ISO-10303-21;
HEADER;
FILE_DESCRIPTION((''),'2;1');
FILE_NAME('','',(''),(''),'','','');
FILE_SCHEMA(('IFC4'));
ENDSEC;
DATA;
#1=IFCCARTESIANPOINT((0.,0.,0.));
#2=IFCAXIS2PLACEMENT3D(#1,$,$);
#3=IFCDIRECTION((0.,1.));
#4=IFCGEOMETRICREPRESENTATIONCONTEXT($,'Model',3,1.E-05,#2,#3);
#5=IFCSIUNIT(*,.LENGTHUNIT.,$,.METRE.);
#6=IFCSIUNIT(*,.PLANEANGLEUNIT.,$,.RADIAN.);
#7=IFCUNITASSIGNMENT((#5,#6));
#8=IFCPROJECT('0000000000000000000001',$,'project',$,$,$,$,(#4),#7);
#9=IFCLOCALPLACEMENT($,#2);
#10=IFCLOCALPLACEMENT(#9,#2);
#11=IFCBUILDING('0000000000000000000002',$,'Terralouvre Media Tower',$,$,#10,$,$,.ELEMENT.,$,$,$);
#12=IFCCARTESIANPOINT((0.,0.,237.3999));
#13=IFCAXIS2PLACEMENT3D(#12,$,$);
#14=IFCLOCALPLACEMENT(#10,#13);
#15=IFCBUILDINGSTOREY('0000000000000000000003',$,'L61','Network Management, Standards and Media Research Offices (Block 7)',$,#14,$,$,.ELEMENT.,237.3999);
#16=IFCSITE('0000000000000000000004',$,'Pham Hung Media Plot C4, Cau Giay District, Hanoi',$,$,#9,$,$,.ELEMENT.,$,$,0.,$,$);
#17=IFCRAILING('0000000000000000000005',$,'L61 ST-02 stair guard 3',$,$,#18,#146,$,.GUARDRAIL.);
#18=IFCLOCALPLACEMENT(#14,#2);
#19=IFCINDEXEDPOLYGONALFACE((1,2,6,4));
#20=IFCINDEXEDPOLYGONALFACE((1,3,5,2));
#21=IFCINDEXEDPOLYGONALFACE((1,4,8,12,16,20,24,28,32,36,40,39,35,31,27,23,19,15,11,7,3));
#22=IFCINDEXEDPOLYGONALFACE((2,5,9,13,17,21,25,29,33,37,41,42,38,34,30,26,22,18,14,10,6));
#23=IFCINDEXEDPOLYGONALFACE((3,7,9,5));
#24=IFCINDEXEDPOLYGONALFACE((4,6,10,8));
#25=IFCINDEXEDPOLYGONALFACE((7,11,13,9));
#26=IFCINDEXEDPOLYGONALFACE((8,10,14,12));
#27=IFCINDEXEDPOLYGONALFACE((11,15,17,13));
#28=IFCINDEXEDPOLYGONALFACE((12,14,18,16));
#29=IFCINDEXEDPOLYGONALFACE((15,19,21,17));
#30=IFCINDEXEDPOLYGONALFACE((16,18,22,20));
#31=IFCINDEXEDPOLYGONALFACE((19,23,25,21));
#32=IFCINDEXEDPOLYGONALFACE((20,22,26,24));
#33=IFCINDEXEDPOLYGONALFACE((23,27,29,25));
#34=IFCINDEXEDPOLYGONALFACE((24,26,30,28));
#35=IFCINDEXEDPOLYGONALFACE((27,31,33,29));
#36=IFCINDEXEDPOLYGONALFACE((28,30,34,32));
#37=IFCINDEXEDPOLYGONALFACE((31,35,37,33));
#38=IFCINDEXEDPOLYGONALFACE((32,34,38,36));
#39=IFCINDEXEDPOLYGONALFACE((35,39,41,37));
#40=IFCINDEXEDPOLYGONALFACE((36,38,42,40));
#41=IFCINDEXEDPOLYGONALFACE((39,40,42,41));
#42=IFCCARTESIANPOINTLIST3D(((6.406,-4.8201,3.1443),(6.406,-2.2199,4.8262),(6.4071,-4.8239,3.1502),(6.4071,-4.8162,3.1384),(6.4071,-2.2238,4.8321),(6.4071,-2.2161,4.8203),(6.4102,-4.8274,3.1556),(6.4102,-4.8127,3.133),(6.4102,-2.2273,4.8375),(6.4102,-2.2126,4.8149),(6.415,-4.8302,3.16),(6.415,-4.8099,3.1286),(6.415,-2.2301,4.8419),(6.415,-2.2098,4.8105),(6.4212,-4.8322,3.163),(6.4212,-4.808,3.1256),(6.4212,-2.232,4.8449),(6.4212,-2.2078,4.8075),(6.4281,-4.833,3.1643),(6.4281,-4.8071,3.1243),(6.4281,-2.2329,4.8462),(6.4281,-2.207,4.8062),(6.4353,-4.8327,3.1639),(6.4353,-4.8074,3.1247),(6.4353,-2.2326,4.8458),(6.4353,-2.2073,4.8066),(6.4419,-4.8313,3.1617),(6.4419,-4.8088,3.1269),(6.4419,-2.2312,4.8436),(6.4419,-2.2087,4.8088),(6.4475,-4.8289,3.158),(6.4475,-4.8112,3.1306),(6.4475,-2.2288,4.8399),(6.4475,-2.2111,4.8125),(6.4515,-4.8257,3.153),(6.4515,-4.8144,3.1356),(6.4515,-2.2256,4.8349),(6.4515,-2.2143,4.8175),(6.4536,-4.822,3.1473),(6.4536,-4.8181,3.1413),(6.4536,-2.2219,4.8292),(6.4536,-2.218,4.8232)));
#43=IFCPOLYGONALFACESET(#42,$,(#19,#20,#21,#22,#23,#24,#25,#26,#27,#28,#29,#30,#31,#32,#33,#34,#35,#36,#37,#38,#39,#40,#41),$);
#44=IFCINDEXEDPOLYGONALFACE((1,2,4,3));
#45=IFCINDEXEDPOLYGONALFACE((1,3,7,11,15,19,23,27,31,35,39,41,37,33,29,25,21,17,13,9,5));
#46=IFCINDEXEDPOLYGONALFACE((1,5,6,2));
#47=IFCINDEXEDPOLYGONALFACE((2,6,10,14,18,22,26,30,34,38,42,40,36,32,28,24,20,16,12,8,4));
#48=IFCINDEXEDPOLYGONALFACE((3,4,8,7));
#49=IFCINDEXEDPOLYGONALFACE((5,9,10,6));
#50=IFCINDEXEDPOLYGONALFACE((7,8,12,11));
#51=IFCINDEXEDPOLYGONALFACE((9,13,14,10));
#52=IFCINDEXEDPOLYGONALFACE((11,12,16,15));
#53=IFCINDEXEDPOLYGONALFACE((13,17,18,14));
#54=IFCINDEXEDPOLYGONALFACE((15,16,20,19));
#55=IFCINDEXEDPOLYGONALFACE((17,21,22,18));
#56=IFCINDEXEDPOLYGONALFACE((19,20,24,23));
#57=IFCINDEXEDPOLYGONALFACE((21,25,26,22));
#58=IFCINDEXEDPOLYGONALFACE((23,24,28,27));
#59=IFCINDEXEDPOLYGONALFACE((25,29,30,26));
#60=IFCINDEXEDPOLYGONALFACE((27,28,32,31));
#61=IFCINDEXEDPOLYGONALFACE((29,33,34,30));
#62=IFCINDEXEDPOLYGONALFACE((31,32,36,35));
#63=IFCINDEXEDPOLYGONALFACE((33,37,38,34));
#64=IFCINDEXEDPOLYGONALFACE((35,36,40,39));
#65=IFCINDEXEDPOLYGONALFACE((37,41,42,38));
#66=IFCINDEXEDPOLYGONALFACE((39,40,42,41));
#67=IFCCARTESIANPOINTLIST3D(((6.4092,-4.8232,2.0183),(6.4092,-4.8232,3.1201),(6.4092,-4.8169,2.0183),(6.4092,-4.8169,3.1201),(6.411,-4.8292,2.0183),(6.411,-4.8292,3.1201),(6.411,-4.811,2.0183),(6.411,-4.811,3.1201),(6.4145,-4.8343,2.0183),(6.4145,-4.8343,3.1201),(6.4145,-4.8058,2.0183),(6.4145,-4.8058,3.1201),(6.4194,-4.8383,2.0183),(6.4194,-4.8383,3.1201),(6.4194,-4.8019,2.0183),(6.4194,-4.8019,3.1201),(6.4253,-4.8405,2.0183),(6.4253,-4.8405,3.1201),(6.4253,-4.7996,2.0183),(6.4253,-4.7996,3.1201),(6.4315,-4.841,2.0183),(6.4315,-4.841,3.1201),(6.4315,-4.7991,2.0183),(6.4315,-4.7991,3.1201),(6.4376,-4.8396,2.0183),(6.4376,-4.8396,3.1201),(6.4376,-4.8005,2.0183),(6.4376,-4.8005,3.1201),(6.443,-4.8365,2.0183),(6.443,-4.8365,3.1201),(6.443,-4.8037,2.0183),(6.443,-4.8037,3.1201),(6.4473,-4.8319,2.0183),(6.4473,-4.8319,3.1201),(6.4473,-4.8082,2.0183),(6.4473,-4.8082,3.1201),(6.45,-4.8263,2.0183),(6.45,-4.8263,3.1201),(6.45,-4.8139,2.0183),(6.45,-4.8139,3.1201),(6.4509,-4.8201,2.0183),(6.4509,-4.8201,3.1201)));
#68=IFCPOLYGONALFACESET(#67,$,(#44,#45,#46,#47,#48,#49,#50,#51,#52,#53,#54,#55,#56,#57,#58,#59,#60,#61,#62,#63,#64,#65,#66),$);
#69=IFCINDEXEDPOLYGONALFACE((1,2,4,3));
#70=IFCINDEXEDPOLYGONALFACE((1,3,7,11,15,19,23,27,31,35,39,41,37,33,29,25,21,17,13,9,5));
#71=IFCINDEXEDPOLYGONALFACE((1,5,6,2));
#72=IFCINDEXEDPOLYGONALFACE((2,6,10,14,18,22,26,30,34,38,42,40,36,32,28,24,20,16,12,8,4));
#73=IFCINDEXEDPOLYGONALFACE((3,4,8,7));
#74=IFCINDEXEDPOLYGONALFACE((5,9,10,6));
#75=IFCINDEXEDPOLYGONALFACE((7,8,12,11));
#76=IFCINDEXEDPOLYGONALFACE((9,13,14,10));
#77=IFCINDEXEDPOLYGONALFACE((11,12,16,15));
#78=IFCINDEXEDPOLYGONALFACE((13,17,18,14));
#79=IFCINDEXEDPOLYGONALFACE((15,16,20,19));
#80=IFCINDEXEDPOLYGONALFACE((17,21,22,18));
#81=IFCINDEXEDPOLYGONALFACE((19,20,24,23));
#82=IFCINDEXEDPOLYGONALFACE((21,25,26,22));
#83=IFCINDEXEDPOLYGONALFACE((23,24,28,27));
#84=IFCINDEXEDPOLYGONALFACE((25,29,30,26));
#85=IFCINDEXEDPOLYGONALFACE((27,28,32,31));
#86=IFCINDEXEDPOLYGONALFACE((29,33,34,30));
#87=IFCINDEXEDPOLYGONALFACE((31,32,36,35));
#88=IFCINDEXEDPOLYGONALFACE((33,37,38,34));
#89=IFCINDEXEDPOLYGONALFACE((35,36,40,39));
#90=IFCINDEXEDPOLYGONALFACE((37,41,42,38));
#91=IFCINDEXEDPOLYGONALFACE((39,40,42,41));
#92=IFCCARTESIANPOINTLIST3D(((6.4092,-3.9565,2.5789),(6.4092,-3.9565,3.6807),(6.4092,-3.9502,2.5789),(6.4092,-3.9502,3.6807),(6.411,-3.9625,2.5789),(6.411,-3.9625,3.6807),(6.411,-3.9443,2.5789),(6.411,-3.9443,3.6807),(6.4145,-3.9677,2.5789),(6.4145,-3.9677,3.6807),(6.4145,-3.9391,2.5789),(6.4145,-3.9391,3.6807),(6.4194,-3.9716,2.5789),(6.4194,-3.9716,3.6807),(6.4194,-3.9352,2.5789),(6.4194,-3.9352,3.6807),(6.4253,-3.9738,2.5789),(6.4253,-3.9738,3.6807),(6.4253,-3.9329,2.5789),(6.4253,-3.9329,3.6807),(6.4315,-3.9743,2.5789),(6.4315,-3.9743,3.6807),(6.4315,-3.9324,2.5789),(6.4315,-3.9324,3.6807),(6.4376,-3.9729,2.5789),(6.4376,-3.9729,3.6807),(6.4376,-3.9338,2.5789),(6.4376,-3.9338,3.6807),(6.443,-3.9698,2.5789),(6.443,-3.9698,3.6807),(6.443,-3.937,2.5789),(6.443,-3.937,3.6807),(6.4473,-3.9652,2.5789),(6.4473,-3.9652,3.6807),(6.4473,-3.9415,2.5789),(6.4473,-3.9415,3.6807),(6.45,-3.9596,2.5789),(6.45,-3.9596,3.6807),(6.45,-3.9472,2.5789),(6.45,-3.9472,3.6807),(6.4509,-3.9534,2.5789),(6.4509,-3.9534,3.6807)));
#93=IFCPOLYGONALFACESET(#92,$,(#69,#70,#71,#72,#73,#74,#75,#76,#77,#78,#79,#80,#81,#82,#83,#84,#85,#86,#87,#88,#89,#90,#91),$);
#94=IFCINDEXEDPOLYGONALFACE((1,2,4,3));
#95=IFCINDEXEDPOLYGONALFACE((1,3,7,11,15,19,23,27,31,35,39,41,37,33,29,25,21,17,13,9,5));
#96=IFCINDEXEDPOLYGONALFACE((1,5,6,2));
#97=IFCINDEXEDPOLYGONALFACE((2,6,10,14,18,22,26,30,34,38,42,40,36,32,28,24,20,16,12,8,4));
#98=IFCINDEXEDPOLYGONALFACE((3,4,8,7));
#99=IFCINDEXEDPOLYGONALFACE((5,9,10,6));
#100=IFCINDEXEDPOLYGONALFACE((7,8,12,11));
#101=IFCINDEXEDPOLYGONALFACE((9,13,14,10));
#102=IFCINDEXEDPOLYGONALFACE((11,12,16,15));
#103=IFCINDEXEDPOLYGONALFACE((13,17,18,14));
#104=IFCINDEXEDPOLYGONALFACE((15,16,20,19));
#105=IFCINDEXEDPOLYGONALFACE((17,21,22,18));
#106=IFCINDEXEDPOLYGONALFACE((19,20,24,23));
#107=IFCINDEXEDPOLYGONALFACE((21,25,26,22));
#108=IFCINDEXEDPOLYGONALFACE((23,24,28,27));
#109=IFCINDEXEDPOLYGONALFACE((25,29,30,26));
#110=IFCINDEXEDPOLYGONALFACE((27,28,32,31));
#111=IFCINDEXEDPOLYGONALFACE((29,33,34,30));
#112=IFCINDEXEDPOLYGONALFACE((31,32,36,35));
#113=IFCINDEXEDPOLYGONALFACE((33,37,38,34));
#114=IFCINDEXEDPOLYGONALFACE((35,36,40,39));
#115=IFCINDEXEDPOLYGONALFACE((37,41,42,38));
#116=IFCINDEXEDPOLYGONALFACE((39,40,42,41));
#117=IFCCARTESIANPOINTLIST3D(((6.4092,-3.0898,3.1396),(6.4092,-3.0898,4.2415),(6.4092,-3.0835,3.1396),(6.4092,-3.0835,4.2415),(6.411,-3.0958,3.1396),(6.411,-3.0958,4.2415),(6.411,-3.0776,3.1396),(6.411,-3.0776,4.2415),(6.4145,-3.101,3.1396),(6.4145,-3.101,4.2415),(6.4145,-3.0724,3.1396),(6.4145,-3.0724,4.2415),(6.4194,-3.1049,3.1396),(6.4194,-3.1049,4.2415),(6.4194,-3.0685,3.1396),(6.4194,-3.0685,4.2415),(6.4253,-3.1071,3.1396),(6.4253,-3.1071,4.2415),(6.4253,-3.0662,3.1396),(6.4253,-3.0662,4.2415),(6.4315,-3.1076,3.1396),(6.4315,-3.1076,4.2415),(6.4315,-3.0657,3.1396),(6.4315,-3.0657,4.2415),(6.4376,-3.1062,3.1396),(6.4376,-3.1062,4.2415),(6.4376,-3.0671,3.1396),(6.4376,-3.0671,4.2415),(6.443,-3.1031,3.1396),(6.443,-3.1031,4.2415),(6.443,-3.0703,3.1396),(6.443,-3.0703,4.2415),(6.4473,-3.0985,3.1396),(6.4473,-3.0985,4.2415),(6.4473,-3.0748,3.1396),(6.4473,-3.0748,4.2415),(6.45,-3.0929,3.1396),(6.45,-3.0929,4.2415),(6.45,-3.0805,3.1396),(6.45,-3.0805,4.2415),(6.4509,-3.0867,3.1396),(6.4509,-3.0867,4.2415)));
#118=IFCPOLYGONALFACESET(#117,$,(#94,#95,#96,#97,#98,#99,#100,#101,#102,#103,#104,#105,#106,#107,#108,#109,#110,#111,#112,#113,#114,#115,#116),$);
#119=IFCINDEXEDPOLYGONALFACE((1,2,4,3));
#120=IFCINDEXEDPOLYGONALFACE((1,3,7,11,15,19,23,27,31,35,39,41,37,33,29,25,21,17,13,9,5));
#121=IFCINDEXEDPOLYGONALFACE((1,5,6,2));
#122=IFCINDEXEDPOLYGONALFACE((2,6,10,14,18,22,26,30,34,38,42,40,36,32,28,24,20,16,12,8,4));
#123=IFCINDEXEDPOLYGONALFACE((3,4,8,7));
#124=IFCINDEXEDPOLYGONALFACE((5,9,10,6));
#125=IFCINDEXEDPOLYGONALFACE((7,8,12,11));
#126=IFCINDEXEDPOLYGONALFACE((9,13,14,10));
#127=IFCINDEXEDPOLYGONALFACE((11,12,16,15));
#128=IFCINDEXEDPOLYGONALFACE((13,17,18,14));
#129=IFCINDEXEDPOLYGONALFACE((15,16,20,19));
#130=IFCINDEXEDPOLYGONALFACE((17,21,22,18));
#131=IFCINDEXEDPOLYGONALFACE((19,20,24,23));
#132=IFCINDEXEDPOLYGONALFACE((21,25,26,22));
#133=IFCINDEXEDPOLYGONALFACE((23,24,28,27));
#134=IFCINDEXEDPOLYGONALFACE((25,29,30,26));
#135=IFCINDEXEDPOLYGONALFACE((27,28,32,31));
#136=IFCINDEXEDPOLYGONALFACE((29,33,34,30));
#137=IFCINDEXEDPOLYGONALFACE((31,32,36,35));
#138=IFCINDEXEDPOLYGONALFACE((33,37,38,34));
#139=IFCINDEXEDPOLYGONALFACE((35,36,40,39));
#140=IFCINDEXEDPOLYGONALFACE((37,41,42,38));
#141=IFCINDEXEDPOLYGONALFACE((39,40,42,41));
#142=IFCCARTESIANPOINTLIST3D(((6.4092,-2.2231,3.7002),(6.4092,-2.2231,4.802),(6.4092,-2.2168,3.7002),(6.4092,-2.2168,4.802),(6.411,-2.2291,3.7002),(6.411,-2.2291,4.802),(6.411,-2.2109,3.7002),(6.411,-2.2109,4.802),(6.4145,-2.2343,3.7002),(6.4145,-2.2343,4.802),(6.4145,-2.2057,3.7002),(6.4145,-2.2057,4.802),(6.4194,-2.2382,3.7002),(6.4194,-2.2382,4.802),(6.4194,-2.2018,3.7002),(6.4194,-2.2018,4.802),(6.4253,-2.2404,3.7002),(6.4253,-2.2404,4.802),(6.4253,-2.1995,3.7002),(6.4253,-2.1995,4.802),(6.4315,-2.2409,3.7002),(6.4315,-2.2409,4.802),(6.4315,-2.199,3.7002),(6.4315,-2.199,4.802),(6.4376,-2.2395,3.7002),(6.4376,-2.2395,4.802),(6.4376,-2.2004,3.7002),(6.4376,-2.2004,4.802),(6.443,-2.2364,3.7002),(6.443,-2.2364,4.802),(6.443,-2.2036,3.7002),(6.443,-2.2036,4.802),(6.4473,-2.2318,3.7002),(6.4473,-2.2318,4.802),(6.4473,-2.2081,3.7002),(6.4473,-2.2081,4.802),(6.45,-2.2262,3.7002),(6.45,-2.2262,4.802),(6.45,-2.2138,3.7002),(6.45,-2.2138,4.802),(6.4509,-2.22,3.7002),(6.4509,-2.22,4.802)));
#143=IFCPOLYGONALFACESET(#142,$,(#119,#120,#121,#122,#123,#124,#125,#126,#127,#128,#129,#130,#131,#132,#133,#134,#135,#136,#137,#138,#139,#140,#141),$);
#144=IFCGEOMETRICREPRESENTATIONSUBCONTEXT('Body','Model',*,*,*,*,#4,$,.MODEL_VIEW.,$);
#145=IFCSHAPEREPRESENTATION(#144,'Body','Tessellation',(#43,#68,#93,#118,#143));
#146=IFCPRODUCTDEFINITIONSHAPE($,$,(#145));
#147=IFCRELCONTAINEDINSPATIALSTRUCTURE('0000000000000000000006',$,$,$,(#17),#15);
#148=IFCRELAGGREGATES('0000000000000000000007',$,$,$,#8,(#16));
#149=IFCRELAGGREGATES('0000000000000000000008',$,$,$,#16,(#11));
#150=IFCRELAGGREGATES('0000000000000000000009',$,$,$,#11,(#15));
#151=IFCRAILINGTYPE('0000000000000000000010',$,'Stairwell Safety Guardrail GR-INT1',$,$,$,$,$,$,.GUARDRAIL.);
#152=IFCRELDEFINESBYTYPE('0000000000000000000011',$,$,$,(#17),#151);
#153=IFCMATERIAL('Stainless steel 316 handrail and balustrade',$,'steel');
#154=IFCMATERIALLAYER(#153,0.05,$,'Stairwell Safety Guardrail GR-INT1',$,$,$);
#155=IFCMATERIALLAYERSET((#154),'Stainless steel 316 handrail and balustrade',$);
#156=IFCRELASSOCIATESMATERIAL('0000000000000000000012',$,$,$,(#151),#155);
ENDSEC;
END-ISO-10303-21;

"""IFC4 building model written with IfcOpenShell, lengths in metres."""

from ifc_helpers import new_model, si_unit, direction, frame, origin, origin_2d, place, context, subcontext, project, spatial, circle, extrude, material, layer, layer_set, type_object, element, save


model = new_model("IFC4")

# Units and contexts
model_context = context("Model", 3, precision=1e-05, world=origin(), true_north=direction((0.0, 1.0)))
body_context = subcontext(model_context, "Body", "Model", "MODEL_VIEW")
ifc_project = project(units=[si_unit("LENGTHUNIT", "METRE"), si_unit("PLANEANGLEUNIT", "RADIAN")], contexts=[model_context])

# Site, building, storey
site_placement = place(None, origin())
site = spatial("IfcSite", under=ifc_project, at=site_placement, Name="Pham Hung Media Plot C4, Cau Giay District, Hanoi", CompositionType="ELEMENT", RefElevation=0.0)
building_placement = place(site_placement, origin())
building = spatial("IfcBuilding", under=site, at=building_placement, Name="Terralouvre Media Tower", CompositionType="ELEMENT")
storey_placement = place(building_placement, frame((0.0, 0.0, 237.3999)))
storey = spatial("IfcBuildingStorey", under=building, at=storey_placement, Name="L61", Description="Network Management, Standards and Media Research Offices (Block 7)", CompositionType="ELEMENT", Elevation=237.3999)

# Railing
ifc_material_1 = material(Name="Stainless steel 316 handrail and balustrade", Category="steel")
ifc_layer_1 = layer(ifc_material_1, 0.05, Name="Stairwell Safety Guardrail GR-INT1")
ifc_layer_set_1 = layer_set([ifc_layer_1], Name="Stainless steel 316 handrail and balustrade")
railing_type_1 = type_object("IfcRailingType", Name="Stairwell Safety Guardrail GR-INT1", PredefinedType="GUARDRAIL", material=ifc_layer_set_1)
railing_1_placement = place(storey_placement, frame((6.4299, -4.8201, 2.0183)))
element("IfcRailing", 1, at=railing_1_placement, inside=storey, type_object=railing_type_1, Name="L61 ST-02 stair guard 3", PredefinedType="GUARDRAIL", context=body_context, shape_type="SweptSolid", body=[
    extrude(circle(Radius=0.0239, at=origin_2d()), frame((0.0, 0.0, 1.126), z_axis=(0.0, 0.839648, 0.54313), x_axis=(-1.0, 0.0, 0.0)), (0.0, 0.0, 1.0), 3.0967),
    extrude(circle(Radius=0.021, at=origin_2d()), origin(), (0.0, 0.0, 1.0), 1.1018),
    extrude(circle(Radius=0.021, at=origin_2d()), frame((0.0, 0.8667, 0.5605)), (0.0, 0.0, 1.0), 1.1018),
    extrude(circle(Radius=0.021, at=origin_2d()), frame((0.0, 1.7334, 1.1213)), (0.0, 0.0, 1.0), 1.1018),
    extrude(circle(Radius=0.021, at=origin_2d()), frame((0.0, 2.6001, 1.6819)), (0.0, 0.0, 1.0), 1.1018),
])

save(model, "model.ifc")
